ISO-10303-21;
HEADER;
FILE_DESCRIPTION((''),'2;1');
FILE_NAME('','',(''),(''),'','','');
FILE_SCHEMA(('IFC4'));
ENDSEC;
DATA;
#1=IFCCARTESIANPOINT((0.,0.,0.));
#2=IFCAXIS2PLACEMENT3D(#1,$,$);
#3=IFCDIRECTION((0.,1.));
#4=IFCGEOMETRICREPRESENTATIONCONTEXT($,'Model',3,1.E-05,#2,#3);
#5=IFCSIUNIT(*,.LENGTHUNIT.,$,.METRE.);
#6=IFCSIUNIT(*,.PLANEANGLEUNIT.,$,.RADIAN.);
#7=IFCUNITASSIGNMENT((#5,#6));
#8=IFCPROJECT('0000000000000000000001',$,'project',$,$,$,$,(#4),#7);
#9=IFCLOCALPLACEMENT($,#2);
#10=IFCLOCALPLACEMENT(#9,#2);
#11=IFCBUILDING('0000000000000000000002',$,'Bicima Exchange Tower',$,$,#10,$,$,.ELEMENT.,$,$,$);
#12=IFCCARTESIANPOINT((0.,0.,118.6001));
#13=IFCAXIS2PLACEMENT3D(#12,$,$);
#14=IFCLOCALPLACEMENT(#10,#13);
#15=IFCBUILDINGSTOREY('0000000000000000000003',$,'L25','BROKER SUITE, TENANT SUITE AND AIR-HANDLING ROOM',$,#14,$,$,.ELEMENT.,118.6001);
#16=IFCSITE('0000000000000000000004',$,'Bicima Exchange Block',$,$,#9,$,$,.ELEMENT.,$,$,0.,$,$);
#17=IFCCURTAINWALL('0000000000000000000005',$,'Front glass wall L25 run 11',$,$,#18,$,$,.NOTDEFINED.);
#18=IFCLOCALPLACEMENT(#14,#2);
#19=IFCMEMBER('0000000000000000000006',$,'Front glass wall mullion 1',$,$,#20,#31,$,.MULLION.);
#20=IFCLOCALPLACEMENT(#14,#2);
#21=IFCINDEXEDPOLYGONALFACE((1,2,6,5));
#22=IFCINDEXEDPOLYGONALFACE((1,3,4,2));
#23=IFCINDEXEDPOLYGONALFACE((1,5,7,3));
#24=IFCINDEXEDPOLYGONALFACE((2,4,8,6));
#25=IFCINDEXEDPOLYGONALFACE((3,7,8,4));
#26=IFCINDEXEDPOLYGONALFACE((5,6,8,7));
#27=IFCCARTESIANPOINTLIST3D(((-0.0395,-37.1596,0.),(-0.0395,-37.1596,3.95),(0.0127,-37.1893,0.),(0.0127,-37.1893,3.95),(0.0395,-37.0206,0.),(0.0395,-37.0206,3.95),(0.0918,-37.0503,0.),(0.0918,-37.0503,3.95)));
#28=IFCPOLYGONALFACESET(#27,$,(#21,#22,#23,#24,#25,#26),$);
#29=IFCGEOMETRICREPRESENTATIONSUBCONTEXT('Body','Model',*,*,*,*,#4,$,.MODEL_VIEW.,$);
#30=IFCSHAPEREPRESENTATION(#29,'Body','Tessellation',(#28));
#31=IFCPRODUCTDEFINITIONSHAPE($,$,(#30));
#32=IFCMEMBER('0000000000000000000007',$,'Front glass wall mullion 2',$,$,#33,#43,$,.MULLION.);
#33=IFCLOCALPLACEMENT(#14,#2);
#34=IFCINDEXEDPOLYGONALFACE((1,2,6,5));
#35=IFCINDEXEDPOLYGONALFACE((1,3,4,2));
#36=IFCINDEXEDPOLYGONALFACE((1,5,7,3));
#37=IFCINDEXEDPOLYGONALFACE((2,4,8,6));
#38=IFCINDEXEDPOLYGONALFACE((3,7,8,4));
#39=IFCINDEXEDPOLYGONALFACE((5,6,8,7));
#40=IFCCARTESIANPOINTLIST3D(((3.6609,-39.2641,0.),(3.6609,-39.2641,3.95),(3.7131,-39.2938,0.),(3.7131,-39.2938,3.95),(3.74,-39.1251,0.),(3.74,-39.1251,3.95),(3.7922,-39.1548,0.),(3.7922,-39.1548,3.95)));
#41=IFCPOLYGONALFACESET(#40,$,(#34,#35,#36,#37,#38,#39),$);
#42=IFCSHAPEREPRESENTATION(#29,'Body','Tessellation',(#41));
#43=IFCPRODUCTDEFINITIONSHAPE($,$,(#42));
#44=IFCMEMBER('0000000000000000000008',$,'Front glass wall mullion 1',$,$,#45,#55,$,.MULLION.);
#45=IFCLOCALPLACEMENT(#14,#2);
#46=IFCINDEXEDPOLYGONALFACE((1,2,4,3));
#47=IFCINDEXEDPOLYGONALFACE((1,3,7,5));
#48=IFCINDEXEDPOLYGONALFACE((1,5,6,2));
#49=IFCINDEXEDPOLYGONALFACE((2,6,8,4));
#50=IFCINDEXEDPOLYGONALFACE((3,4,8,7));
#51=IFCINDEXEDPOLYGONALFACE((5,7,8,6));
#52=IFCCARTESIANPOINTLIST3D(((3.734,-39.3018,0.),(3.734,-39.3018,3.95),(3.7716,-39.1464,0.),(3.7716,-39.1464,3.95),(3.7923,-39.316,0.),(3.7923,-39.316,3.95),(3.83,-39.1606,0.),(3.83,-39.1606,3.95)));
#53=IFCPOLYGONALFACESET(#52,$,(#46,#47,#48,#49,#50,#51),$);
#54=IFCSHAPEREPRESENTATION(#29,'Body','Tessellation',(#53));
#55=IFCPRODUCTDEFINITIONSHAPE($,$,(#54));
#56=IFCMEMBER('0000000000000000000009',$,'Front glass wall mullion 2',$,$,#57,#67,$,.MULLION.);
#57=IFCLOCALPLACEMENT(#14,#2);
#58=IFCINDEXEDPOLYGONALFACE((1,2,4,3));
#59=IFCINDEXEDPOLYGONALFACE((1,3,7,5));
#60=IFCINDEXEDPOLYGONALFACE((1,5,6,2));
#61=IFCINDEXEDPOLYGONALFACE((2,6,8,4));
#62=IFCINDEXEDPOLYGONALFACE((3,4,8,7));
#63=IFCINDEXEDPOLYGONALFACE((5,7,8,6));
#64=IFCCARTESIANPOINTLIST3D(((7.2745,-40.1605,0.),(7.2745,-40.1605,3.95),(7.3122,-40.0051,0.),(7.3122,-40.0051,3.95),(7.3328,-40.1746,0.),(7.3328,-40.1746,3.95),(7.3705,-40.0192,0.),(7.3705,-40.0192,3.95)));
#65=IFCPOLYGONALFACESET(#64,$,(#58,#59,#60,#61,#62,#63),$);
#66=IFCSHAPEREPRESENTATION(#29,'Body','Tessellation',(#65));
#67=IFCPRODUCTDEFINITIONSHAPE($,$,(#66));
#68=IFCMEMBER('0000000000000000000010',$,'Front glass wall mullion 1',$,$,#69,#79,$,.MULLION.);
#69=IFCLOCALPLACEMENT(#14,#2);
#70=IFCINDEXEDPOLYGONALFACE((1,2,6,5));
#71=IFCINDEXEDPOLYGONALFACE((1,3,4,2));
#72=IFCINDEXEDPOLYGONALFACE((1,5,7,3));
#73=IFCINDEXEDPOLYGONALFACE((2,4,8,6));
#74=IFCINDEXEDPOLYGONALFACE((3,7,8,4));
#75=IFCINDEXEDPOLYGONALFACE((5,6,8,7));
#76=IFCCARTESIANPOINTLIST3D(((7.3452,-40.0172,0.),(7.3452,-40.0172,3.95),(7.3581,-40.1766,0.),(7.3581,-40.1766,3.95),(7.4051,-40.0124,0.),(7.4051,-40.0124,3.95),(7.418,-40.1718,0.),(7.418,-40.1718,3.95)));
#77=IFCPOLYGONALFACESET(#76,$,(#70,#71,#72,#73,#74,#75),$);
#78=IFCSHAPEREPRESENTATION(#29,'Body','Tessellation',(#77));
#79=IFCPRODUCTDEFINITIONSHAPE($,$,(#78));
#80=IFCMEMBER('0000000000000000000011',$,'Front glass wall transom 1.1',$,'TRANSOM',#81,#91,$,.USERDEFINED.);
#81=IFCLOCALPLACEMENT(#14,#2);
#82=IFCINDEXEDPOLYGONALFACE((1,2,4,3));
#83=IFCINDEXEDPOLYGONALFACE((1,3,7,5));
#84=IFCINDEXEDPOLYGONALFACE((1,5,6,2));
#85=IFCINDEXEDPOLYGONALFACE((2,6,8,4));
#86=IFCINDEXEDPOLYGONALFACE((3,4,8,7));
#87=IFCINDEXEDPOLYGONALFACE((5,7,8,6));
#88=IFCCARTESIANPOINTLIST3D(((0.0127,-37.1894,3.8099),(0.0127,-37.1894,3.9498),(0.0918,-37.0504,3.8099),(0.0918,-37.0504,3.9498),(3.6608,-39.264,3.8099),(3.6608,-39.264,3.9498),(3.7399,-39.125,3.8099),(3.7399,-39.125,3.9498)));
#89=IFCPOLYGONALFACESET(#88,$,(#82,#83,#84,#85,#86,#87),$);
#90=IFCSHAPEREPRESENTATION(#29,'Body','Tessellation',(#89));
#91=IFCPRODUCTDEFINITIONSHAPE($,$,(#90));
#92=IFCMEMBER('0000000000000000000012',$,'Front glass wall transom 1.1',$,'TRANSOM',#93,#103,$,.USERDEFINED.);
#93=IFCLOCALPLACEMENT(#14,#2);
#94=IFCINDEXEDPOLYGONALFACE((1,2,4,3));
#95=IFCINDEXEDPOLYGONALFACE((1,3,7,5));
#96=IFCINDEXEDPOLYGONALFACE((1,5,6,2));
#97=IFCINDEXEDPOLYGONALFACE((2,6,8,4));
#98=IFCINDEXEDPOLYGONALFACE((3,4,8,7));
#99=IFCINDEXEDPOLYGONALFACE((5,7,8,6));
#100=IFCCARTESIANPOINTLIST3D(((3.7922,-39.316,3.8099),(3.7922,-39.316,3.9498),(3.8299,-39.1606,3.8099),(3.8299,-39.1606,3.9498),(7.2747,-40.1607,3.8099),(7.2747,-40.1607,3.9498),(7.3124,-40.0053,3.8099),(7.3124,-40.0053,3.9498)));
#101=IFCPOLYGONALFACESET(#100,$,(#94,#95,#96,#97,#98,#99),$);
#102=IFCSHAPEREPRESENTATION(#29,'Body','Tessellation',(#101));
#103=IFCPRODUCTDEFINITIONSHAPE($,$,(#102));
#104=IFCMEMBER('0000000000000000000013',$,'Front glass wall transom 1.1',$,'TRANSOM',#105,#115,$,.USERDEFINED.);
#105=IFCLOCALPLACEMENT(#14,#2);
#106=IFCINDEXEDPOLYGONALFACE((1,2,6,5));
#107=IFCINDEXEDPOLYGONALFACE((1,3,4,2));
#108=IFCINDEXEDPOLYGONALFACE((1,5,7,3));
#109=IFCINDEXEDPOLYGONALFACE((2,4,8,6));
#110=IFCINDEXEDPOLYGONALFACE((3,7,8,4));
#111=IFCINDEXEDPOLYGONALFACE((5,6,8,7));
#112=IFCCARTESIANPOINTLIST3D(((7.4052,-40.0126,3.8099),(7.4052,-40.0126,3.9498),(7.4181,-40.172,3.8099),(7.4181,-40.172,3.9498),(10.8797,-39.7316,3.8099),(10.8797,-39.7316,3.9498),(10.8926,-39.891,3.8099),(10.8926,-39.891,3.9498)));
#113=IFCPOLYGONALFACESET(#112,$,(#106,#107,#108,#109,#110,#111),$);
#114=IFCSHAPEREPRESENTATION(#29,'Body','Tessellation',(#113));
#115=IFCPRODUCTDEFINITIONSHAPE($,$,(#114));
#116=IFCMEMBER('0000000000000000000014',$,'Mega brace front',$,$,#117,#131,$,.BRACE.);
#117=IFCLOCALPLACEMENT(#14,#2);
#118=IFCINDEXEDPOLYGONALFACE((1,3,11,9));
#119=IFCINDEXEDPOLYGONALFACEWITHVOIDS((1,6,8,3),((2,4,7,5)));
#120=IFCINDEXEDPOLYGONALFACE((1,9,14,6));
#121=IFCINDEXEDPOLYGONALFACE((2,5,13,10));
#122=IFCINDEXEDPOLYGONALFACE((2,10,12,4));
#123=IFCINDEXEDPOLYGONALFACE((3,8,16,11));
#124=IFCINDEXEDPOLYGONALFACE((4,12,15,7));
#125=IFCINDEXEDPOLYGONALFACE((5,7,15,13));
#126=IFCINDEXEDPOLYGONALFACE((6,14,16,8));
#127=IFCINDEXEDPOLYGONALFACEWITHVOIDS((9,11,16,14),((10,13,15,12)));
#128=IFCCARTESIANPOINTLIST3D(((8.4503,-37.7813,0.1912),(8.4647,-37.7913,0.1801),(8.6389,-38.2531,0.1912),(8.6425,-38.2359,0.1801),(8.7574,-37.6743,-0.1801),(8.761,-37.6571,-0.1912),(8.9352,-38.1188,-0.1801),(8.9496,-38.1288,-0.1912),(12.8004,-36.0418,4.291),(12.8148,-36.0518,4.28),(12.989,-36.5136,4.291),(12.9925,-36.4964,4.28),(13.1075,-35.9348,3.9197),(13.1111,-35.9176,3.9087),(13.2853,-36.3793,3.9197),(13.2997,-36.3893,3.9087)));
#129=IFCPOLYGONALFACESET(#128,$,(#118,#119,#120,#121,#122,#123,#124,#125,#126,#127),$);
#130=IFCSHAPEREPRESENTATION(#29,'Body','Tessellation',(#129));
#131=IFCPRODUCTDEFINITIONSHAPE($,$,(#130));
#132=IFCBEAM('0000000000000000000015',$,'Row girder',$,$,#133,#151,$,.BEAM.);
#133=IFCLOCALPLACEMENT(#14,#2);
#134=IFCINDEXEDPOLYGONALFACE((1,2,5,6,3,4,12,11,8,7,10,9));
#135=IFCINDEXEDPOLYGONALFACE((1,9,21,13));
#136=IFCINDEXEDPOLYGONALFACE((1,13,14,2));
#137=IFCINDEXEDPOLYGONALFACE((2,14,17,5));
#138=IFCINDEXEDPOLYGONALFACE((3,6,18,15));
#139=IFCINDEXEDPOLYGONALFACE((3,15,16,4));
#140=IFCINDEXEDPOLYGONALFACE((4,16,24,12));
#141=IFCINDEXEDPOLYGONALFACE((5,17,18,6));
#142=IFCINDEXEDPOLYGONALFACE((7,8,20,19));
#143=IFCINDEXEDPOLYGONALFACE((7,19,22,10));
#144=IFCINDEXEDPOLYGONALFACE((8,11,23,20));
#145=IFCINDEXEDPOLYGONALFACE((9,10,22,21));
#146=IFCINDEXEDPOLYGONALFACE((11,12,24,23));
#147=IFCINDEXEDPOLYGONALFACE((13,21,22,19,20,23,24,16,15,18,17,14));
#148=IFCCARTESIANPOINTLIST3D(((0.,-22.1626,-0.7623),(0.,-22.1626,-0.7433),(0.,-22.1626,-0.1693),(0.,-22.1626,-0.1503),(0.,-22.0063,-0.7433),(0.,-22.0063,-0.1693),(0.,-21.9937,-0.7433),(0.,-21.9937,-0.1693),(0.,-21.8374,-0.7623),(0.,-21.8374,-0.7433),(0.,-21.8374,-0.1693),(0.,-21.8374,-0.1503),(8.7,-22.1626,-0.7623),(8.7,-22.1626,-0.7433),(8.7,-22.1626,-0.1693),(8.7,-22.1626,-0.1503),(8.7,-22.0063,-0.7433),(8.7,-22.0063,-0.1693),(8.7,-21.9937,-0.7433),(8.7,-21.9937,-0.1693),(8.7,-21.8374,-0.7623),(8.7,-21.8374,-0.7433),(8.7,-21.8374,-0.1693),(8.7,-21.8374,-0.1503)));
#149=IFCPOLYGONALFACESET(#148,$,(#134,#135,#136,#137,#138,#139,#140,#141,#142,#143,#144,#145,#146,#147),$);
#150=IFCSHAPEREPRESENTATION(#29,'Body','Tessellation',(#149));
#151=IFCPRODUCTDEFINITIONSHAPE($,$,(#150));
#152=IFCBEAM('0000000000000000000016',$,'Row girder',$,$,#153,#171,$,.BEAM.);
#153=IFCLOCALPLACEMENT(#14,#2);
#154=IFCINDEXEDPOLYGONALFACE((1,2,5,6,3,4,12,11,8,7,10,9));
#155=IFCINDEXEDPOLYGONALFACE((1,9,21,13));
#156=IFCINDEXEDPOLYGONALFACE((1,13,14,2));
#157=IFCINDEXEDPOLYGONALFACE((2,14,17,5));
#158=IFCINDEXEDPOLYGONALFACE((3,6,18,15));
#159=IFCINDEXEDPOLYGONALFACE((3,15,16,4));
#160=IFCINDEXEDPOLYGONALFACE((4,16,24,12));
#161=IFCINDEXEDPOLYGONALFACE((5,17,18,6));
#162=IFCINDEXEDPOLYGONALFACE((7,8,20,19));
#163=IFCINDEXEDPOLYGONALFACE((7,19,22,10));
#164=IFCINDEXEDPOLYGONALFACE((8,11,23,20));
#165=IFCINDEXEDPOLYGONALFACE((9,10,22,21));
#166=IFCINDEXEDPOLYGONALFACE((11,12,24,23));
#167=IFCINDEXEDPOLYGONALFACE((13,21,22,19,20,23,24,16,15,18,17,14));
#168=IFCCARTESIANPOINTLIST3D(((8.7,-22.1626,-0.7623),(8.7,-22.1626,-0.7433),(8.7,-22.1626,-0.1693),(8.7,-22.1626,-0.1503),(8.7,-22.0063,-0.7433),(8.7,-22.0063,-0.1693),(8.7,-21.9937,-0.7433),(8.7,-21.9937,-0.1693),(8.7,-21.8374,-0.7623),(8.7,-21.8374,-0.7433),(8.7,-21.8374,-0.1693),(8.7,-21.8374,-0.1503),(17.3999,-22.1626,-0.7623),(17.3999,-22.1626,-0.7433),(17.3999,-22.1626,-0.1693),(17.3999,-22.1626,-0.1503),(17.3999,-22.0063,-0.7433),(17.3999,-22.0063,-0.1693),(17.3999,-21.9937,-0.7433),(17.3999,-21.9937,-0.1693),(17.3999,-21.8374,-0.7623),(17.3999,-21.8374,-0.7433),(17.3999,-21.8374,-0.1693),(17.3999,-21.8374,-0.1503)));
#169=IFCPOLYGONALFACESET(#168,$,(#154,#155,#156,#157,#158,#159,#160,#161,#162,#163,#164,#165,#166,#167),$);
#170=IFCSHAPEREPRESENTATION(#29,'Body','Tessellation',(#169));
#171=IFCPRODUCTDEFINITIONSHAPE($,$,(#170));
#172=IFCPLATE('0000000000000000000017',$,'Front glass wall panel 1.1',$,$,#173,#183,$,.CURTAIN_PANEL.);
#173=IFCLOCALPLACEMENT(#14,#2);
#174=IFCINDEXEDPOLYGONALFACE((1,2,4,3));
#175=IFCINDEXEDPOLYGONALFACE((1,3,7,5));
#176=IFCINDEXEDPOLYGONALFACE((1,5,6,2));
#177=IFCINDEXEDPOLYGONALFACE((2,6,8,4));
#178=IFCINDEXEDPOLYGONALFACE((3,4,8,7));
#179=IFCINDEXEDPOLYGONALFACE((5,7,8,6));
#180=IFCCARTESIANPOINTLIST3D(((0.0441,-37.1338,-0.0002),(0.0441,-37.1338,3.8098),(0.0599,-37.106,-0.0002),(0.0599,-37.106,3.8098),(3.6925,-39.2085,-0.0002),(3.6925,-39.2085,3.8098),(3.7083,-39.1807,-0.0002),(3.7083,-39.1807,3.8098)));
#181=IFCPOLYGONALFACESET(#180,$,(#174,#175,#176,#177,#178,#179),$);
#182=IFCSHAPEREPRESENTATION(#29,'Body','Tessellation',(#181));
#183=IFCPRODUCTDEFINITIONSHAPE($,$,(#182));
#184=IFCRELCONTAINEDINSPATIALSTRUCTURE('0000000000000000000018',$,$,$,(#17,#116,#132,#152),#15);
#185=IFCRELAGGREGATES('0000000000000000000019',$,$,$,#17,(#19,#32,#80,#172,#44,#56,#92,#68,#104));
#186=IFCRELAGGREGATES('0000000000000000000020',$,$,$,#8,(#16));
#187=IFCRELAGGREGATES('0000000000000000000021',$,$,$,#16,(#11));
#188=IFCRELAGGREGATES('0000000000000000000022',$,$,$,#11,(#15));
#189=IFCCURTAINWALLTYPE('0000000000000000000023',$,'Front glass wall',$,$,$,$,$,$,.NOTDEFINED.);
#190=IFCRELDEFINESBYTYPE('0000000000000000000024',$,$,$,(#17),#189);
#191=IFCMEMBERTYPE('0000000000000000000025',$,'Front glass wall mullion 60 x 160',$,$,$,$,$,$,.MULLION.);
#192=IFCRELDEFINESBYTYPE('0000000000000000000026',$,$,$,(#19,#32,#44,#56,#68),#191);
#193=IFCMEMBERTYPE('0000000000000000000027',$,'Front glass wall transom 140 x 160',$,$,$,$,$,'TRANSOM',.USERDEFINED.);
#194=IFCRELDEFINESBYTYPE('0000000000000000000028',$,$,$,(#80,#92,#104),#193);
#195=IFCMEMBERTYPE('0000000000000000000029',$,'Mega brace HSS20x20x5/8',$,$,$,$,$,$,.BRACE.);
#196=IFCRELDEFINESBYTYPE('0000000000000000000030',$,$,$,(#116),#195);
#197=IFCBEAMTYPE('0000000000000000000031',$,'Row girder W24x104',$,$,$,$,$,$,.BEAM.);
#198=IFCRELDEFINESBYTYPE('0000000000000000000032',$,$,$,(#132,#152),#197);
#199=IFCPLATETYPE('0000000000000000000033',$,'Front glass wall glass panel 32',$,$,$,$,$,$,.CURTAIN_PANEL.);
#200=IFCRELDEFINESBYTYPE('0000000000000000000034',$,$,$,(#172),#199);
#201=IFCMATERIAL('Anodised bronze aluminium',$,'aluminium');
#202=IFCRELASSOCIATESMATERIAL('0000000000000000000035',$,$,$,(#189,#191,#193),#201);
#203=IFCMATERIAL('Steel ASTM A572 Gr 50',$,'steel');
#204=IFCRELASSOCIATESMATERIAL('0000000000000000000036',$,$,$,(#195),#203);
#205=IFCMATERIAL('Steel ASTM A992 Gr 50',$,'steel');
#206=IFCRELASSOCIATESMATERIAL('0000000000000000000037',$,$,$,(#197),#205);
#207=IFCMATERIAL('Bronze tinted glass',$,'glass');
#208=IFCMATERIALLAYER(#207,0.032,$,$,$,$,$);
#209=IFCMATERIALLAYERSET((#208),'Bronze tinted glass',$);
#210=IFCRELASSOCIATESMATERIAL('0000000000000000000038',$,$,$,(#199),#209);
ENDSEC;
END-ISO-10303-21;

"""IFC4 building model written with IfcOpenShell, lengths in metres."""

from ifc_helpers import new_model, si_unit, direction, frame, origin, origin_2d, place, context, subcontext, project, spatial, rectangle, hollow_rectangle, i_section, extrude, material, layer, layer_set, material_profile, profile_set, type_object, element, aggregate, save


model = new_model("IFC4")

# Units and contexts
model_context = context("Model", 3, precision=1e-05, world=origin(), true_north=direction((0.0, 1.0)))
body_context = subcontext(model_context, "Body", "Model", "MODEL_VIEW")
ifc_project = project(units=[si_unit("LENGTHUNIT", "METRE"), si_unit("PLANEANGLEUNIT", "RADIAN")], contexts=[model_context])

# Site, building, storey
site_placement = place(None, origin())
site = spatial("IfcSite", under=ifc_project, at=site_placement, Name="Bicima Exchange Block", CompositionType="ELEMENT", RefElevation=0.0)
building_placement = place(site_placement, origin())
building = spatial("IfcBuilding", under=site, at=building_placement, Name="Bicima Exchange Tower", CompositionType="ELEMENT")
storey_placement = place(building_placement, frame((0.0, 0.0, 118.6001)))
storey = spatial("IfcBuildingStorey", under=building, at=storey_placement, Name="L25", Description="BROKER SUITE, TENANT SUITE AND AIR-HANDLING ROOM", CompositionType="ELEMENT", Elevation=118.6001)

# Shared definitions
ifc_material_1 = material(Name="Steel ASTM A992 Gr 50", Category="steel")

# Curtain wall, members
ifc_material_2 = material(Name="Anodised bronze aluminium", Category="aluminium")
curtain_wall_type = type_object("IfcCurtainWallType", Name="Front glass wall", PredefinedType="NOTDEFINED", material=ifc_material_2)
curtain_wall_placement = place(storey_placement, origin())
curtain_wall = element("IfcCurtainWall", 1, at=curtain_wall_placement, inside=storey, type_object=curtain_wall_type, Name="Front glass wall L25 run 11", PredefinedType="NOTDEFINED")
ifc_material_profile_1 = material_profile(ifc_material_2, rectangle(XDim=0.1599, YDim=0.0601, at=origin_2d()))
ifc_profile_set_1 = profile_set([ifc_material_profile_1], Name="Anodised bronze aluminium")
member_type_1 = type_object("IfcMemberType", Name="Front glass wall mullion 60 x 160", PredefinedType="MULLION", material=ifc_profile_set_1)
member_1_placement = place(storey_placement, frame((0.0261, -37.105, 0.0), z_axis=(0.0, 0.0, 1.0), x_axis=(0.49433, 0.869274, 0.0)))
member_1 = element("IfcMember", 2, at=member_1_placement, type_object=member_type_1, Name="Front glass wall mullion 1", PredefinedType="MULLION", context=body_context, shape_type="SweptSolid", body=[
    extrude(rectangle(XDim=0.1599, YDim=0.0601, at=origin_2d()), origin(), (0.0, 0.0, 1.0), 3.95),
])
member_2_placement = place(storey_placement, frame((3.7266, -39.2095, 0.0), z_axis=(0.0, 0.0, 1.0), x_axis=(0.49433, 0.869274, 0.0)))
member_2 = element("IfcMember", 3, at=member_2_placement, type_object=member_type_1, Name="Front glass wall mullion 2", PredefinedType="MULLION", context=body_context, shape_type="SweptSolid", body=[
    extrude(rectangle(XDim=0.1599, YDim=0.0601, at=origin_2d()), origin(), (0.0, 0.0, 1.0), 3.95),
])
member_3_placement = place(storey_placement, frame((3.782, -39.2312, 0.0), z_axis=(0.0, 0.0, 1.0), x_axis=(0.235682, 0.97183, 0.0)))
member_3 = element("IfcMember", 4, at=member_3_placement, type_object=member_type_1, Name="Front glass wall mullion 1", PredefinedType="MULLION", context=body_context, shape_type="SweptSolid", body=[
    extrude(rectangle(XDim=0.1599, YDim=0.0601, at=origin_2d()), origin(), (0.0, 0.0, 1.0), 3.95),
])
member_4_placement = place(storey_placement, frame((7.3225, -40.0898, 0.0), z_axis=(0.0, 0.0, 1.0), x_axis=(0.235682, 0.97183, 0.0)))
member_4 = element("IfcMember", 5, at=member_4_placement, type_object=member_type_1, Name="Front glass wall mullion 2", PredefinedType="MULLION", context=body_context, shape_type="SweptSolid", body=[
    extrude(rectangle(XDim=0.1599, YDim=0.0601, at=origin_2d()), origin(), (0.0, 0.0, 1.0), 3.95),
])
member_5_placement = place(storey_placement, frame((7.3816, -40.0945, 0.0), z_axis=(0.0, 0.0, 1.0), x_axis=(-0.080589, 0.996747, 0.0)))
member_5 = element("IfcMember", 6, at=member_5_placement, type_object=member_type_1, Name="Front glass wall mullion 1", PredefinedType="MULLION", context=body_context, shape_type="SweptSolid", body=[
    extrude(rectangle(XDim=0.1599, YDim=0.0601, at=origin_2d()), origin(), (0.0, 0.0, 1.0), 3.95),
])
ifc_material_profile_2 = material_profile(ifc_material_2, rectangle(XDim=0.1599, YDim=0.1399, at=origin_2d()))
ifc_profile_set_2 = profile_set([ifc_material_profile_2], Name="Anodised bronze aluminium")
member_type_2 = type_object("IfcMemberType", Name="Front glass wall transom 140 x 160", ElementType="TRANSOM", PredefinedType="USERDEFINED", material=ifc_profile_set_2)
member_6_placement = place(storey_placement, frame((0.0522, -37.1199, 3.8799), z_axis=(0.869265, -0.494346, 0.0), x_axis=(0.494346, 0.869265, 0.0)))
member_6 = element("IfcMember", 7, at=member_6_placement, type_object=member_type_2, Name="Front glass wall transom 1.1", ObjectType="TRANSOM", PredefinedType="USERDEFINED", context=body_context, shape_type="SweptSolid", body=[
    extrude(rectangle(XDim=0.1599, YDim=0.1399, at=origin_2d()), origin(), (0.0, 0.0, 1.0), 4.1968),
])
member_7_placement = place(storey_placement, frame((3.811, -39.2383, 3.8799), z_axis=(0.971818, -0.235733, 0.0), x_axis=(0.235733, 0.971818, 0.0)))
member_7 = element("IfcMember", 8, at=member_7_placement, type_object=member_type_2, Name="Front glass wall transom 1.1", ObjectType="TRANSOM", PredefinedType="USERDEFINED", context=body_context, shape_type="SweptSolid", body=[
    extrude(rectangle(XDim=0.1599, YDim=0.1399, at=origin_2d()), origin(), (0.0, 0.0, 1.0), 3.5835),
])
member_8_placement = place(storey_placement, frame((7.4116, -40.0923, 3.8799), z_axis=(0.996746, 0.080611, 0.0), x_axis=(-0.080611, 0.996746, 0.0)))
member_8 = element("IfcMember", 9, at=member_8_placement, type_object=member_type_2, Name="Front glass wall transom 1.1", ObjectType="TRANSOM", PredefinedType="USERDEFINED", context=body_context, shape_type="SweptSolid", body=[
    extrude(rectangle(XDim=0.1599, YDim=0.1399, at=origin_2d()), origin(), (0.0, 0.0, 1.0), 3.4858),
])

# Member
ifc_material_3 = material(Name="Steel ASTM A572 Gr 50", Category="steel")
ifc_material_profile_3 = material_profile(ifc_material_3, hollow_rectangle(XDim=0.5081, YDim=0.5081, WallThickness=0.0146, at=origin_2d()))
ifc_profile_set_3 = profile_set([ifc_material_profile_3], Name="Steel ASTM A572 Gr 50")
member_type_3 = type_object("IfcMemberType", Name="Mega brace HSS20x20x5/8", PredefinedType="BRACE", material=ifc_profile_set_3)
member_9_placement = place(storey_placement, frame((8.7, -37.9551, 0.0), z_axis=(0.698744, 0.279411, 0.658548), x_axis=(-0.371292, 0.928516, 0.0)))
element("IfcMember", 10, at=member_9_placement, inside=storey, type_object=member_type_3, Name="Mega brace front", PredefinedType="BRACE", context=body_context, shape_type="SweptSolid", body=[
    extrude(hollow_rectangle(XDim=0.5081, YDim=0.5081, WallThickness=0.0146, at=origin_2d()), origin(), (0.0, 0.0, 1.0), 6.2256),
])

# Beams
ifc_material_profile_4 = material_profile(ifc_material_1, i_section(OverallWidth=0.3252, OverallDepth=0.6121, WebThickness=0.0127, FlangeThickness=0.019, at=origin_2d()))
ifc_profile_set_4 = profile_set([ifc_material_profile_4], Name="Steel ASTM A992 Gr 50")
beam_type_1 = type_object("IfcBeamType", Name="Row girder W24x104", PredefinedType="BEAM", material=ifc_profile_set_4)
for number, where, z_axis, x_axis, name in (
    (11, (0.0, -22.0, -0.4563), (1.0, 0.0, 0.0), (0.0, 1.0, 0.0), "Row girder"),
    (12, (8.7, -22.0, -0.4563), (1.0, 0.0, 0.0), (0.0, 1.0, 0.0), "Row girder"),
):
    element("IfcBeam", number, at=place(storey_placement, frame(where, z_axis=z_axis, x_axis=x_axis)), inside=storey, type_object=beam_type_1, Name=name, PredefinedType="BEAM", context=body_context, shape_type="SweptSolid", body=[
        extrude(i_section(OverallWidth=0.3252, OverallDepth=0.6121, WebThickness=0.0127, FlangeThickness=0.019, at=origin_2d()), origin(), (0.0, 0.0, 1.0), 8.7),
    ])

# Plate
ifc_material_4 = material(Name="Bronze tinted glass", Category="glass")
ifc_layer_1 = layer(ifc_material_4, 0.032)
ifc_layer_set_1 = layer_set([ifc_layer_1], Name="Bronze tinted glass")
plate_type = type_object("IfcPlateType", Name="Front glass wall glass panel 32", PredefinedType="CURTAIN_PANEL", material=ifc_layer_set_1)
plate_1_placement = place(storey_placement, frame((1.8762, -38.1572, -0.0002), z_axis=(0.0, 0.0, 1.0), x_axis=(0.869274, -0.49433, 0.0)))
plate_1 = element("IfcPlate", 13, at=plate_1_placement, type_object=plate_type, Name="Front glass wall panel 1.1", PredefinedType="CURTAIN_PANEL", context=body_context, shape_type="SweptSolid", body=[
    extrude(rectangle(XDim=4.197, YDim=0.032, at=origin_2d()), origin(), (0.0, 0.0, 1.0), 3.8101),
])
aggregate(curtain_wall, [member_1, member_2, member_6, plate_1, member_3, member_4, member_7, member_5, member_8])

save(model, "model.ifc")
